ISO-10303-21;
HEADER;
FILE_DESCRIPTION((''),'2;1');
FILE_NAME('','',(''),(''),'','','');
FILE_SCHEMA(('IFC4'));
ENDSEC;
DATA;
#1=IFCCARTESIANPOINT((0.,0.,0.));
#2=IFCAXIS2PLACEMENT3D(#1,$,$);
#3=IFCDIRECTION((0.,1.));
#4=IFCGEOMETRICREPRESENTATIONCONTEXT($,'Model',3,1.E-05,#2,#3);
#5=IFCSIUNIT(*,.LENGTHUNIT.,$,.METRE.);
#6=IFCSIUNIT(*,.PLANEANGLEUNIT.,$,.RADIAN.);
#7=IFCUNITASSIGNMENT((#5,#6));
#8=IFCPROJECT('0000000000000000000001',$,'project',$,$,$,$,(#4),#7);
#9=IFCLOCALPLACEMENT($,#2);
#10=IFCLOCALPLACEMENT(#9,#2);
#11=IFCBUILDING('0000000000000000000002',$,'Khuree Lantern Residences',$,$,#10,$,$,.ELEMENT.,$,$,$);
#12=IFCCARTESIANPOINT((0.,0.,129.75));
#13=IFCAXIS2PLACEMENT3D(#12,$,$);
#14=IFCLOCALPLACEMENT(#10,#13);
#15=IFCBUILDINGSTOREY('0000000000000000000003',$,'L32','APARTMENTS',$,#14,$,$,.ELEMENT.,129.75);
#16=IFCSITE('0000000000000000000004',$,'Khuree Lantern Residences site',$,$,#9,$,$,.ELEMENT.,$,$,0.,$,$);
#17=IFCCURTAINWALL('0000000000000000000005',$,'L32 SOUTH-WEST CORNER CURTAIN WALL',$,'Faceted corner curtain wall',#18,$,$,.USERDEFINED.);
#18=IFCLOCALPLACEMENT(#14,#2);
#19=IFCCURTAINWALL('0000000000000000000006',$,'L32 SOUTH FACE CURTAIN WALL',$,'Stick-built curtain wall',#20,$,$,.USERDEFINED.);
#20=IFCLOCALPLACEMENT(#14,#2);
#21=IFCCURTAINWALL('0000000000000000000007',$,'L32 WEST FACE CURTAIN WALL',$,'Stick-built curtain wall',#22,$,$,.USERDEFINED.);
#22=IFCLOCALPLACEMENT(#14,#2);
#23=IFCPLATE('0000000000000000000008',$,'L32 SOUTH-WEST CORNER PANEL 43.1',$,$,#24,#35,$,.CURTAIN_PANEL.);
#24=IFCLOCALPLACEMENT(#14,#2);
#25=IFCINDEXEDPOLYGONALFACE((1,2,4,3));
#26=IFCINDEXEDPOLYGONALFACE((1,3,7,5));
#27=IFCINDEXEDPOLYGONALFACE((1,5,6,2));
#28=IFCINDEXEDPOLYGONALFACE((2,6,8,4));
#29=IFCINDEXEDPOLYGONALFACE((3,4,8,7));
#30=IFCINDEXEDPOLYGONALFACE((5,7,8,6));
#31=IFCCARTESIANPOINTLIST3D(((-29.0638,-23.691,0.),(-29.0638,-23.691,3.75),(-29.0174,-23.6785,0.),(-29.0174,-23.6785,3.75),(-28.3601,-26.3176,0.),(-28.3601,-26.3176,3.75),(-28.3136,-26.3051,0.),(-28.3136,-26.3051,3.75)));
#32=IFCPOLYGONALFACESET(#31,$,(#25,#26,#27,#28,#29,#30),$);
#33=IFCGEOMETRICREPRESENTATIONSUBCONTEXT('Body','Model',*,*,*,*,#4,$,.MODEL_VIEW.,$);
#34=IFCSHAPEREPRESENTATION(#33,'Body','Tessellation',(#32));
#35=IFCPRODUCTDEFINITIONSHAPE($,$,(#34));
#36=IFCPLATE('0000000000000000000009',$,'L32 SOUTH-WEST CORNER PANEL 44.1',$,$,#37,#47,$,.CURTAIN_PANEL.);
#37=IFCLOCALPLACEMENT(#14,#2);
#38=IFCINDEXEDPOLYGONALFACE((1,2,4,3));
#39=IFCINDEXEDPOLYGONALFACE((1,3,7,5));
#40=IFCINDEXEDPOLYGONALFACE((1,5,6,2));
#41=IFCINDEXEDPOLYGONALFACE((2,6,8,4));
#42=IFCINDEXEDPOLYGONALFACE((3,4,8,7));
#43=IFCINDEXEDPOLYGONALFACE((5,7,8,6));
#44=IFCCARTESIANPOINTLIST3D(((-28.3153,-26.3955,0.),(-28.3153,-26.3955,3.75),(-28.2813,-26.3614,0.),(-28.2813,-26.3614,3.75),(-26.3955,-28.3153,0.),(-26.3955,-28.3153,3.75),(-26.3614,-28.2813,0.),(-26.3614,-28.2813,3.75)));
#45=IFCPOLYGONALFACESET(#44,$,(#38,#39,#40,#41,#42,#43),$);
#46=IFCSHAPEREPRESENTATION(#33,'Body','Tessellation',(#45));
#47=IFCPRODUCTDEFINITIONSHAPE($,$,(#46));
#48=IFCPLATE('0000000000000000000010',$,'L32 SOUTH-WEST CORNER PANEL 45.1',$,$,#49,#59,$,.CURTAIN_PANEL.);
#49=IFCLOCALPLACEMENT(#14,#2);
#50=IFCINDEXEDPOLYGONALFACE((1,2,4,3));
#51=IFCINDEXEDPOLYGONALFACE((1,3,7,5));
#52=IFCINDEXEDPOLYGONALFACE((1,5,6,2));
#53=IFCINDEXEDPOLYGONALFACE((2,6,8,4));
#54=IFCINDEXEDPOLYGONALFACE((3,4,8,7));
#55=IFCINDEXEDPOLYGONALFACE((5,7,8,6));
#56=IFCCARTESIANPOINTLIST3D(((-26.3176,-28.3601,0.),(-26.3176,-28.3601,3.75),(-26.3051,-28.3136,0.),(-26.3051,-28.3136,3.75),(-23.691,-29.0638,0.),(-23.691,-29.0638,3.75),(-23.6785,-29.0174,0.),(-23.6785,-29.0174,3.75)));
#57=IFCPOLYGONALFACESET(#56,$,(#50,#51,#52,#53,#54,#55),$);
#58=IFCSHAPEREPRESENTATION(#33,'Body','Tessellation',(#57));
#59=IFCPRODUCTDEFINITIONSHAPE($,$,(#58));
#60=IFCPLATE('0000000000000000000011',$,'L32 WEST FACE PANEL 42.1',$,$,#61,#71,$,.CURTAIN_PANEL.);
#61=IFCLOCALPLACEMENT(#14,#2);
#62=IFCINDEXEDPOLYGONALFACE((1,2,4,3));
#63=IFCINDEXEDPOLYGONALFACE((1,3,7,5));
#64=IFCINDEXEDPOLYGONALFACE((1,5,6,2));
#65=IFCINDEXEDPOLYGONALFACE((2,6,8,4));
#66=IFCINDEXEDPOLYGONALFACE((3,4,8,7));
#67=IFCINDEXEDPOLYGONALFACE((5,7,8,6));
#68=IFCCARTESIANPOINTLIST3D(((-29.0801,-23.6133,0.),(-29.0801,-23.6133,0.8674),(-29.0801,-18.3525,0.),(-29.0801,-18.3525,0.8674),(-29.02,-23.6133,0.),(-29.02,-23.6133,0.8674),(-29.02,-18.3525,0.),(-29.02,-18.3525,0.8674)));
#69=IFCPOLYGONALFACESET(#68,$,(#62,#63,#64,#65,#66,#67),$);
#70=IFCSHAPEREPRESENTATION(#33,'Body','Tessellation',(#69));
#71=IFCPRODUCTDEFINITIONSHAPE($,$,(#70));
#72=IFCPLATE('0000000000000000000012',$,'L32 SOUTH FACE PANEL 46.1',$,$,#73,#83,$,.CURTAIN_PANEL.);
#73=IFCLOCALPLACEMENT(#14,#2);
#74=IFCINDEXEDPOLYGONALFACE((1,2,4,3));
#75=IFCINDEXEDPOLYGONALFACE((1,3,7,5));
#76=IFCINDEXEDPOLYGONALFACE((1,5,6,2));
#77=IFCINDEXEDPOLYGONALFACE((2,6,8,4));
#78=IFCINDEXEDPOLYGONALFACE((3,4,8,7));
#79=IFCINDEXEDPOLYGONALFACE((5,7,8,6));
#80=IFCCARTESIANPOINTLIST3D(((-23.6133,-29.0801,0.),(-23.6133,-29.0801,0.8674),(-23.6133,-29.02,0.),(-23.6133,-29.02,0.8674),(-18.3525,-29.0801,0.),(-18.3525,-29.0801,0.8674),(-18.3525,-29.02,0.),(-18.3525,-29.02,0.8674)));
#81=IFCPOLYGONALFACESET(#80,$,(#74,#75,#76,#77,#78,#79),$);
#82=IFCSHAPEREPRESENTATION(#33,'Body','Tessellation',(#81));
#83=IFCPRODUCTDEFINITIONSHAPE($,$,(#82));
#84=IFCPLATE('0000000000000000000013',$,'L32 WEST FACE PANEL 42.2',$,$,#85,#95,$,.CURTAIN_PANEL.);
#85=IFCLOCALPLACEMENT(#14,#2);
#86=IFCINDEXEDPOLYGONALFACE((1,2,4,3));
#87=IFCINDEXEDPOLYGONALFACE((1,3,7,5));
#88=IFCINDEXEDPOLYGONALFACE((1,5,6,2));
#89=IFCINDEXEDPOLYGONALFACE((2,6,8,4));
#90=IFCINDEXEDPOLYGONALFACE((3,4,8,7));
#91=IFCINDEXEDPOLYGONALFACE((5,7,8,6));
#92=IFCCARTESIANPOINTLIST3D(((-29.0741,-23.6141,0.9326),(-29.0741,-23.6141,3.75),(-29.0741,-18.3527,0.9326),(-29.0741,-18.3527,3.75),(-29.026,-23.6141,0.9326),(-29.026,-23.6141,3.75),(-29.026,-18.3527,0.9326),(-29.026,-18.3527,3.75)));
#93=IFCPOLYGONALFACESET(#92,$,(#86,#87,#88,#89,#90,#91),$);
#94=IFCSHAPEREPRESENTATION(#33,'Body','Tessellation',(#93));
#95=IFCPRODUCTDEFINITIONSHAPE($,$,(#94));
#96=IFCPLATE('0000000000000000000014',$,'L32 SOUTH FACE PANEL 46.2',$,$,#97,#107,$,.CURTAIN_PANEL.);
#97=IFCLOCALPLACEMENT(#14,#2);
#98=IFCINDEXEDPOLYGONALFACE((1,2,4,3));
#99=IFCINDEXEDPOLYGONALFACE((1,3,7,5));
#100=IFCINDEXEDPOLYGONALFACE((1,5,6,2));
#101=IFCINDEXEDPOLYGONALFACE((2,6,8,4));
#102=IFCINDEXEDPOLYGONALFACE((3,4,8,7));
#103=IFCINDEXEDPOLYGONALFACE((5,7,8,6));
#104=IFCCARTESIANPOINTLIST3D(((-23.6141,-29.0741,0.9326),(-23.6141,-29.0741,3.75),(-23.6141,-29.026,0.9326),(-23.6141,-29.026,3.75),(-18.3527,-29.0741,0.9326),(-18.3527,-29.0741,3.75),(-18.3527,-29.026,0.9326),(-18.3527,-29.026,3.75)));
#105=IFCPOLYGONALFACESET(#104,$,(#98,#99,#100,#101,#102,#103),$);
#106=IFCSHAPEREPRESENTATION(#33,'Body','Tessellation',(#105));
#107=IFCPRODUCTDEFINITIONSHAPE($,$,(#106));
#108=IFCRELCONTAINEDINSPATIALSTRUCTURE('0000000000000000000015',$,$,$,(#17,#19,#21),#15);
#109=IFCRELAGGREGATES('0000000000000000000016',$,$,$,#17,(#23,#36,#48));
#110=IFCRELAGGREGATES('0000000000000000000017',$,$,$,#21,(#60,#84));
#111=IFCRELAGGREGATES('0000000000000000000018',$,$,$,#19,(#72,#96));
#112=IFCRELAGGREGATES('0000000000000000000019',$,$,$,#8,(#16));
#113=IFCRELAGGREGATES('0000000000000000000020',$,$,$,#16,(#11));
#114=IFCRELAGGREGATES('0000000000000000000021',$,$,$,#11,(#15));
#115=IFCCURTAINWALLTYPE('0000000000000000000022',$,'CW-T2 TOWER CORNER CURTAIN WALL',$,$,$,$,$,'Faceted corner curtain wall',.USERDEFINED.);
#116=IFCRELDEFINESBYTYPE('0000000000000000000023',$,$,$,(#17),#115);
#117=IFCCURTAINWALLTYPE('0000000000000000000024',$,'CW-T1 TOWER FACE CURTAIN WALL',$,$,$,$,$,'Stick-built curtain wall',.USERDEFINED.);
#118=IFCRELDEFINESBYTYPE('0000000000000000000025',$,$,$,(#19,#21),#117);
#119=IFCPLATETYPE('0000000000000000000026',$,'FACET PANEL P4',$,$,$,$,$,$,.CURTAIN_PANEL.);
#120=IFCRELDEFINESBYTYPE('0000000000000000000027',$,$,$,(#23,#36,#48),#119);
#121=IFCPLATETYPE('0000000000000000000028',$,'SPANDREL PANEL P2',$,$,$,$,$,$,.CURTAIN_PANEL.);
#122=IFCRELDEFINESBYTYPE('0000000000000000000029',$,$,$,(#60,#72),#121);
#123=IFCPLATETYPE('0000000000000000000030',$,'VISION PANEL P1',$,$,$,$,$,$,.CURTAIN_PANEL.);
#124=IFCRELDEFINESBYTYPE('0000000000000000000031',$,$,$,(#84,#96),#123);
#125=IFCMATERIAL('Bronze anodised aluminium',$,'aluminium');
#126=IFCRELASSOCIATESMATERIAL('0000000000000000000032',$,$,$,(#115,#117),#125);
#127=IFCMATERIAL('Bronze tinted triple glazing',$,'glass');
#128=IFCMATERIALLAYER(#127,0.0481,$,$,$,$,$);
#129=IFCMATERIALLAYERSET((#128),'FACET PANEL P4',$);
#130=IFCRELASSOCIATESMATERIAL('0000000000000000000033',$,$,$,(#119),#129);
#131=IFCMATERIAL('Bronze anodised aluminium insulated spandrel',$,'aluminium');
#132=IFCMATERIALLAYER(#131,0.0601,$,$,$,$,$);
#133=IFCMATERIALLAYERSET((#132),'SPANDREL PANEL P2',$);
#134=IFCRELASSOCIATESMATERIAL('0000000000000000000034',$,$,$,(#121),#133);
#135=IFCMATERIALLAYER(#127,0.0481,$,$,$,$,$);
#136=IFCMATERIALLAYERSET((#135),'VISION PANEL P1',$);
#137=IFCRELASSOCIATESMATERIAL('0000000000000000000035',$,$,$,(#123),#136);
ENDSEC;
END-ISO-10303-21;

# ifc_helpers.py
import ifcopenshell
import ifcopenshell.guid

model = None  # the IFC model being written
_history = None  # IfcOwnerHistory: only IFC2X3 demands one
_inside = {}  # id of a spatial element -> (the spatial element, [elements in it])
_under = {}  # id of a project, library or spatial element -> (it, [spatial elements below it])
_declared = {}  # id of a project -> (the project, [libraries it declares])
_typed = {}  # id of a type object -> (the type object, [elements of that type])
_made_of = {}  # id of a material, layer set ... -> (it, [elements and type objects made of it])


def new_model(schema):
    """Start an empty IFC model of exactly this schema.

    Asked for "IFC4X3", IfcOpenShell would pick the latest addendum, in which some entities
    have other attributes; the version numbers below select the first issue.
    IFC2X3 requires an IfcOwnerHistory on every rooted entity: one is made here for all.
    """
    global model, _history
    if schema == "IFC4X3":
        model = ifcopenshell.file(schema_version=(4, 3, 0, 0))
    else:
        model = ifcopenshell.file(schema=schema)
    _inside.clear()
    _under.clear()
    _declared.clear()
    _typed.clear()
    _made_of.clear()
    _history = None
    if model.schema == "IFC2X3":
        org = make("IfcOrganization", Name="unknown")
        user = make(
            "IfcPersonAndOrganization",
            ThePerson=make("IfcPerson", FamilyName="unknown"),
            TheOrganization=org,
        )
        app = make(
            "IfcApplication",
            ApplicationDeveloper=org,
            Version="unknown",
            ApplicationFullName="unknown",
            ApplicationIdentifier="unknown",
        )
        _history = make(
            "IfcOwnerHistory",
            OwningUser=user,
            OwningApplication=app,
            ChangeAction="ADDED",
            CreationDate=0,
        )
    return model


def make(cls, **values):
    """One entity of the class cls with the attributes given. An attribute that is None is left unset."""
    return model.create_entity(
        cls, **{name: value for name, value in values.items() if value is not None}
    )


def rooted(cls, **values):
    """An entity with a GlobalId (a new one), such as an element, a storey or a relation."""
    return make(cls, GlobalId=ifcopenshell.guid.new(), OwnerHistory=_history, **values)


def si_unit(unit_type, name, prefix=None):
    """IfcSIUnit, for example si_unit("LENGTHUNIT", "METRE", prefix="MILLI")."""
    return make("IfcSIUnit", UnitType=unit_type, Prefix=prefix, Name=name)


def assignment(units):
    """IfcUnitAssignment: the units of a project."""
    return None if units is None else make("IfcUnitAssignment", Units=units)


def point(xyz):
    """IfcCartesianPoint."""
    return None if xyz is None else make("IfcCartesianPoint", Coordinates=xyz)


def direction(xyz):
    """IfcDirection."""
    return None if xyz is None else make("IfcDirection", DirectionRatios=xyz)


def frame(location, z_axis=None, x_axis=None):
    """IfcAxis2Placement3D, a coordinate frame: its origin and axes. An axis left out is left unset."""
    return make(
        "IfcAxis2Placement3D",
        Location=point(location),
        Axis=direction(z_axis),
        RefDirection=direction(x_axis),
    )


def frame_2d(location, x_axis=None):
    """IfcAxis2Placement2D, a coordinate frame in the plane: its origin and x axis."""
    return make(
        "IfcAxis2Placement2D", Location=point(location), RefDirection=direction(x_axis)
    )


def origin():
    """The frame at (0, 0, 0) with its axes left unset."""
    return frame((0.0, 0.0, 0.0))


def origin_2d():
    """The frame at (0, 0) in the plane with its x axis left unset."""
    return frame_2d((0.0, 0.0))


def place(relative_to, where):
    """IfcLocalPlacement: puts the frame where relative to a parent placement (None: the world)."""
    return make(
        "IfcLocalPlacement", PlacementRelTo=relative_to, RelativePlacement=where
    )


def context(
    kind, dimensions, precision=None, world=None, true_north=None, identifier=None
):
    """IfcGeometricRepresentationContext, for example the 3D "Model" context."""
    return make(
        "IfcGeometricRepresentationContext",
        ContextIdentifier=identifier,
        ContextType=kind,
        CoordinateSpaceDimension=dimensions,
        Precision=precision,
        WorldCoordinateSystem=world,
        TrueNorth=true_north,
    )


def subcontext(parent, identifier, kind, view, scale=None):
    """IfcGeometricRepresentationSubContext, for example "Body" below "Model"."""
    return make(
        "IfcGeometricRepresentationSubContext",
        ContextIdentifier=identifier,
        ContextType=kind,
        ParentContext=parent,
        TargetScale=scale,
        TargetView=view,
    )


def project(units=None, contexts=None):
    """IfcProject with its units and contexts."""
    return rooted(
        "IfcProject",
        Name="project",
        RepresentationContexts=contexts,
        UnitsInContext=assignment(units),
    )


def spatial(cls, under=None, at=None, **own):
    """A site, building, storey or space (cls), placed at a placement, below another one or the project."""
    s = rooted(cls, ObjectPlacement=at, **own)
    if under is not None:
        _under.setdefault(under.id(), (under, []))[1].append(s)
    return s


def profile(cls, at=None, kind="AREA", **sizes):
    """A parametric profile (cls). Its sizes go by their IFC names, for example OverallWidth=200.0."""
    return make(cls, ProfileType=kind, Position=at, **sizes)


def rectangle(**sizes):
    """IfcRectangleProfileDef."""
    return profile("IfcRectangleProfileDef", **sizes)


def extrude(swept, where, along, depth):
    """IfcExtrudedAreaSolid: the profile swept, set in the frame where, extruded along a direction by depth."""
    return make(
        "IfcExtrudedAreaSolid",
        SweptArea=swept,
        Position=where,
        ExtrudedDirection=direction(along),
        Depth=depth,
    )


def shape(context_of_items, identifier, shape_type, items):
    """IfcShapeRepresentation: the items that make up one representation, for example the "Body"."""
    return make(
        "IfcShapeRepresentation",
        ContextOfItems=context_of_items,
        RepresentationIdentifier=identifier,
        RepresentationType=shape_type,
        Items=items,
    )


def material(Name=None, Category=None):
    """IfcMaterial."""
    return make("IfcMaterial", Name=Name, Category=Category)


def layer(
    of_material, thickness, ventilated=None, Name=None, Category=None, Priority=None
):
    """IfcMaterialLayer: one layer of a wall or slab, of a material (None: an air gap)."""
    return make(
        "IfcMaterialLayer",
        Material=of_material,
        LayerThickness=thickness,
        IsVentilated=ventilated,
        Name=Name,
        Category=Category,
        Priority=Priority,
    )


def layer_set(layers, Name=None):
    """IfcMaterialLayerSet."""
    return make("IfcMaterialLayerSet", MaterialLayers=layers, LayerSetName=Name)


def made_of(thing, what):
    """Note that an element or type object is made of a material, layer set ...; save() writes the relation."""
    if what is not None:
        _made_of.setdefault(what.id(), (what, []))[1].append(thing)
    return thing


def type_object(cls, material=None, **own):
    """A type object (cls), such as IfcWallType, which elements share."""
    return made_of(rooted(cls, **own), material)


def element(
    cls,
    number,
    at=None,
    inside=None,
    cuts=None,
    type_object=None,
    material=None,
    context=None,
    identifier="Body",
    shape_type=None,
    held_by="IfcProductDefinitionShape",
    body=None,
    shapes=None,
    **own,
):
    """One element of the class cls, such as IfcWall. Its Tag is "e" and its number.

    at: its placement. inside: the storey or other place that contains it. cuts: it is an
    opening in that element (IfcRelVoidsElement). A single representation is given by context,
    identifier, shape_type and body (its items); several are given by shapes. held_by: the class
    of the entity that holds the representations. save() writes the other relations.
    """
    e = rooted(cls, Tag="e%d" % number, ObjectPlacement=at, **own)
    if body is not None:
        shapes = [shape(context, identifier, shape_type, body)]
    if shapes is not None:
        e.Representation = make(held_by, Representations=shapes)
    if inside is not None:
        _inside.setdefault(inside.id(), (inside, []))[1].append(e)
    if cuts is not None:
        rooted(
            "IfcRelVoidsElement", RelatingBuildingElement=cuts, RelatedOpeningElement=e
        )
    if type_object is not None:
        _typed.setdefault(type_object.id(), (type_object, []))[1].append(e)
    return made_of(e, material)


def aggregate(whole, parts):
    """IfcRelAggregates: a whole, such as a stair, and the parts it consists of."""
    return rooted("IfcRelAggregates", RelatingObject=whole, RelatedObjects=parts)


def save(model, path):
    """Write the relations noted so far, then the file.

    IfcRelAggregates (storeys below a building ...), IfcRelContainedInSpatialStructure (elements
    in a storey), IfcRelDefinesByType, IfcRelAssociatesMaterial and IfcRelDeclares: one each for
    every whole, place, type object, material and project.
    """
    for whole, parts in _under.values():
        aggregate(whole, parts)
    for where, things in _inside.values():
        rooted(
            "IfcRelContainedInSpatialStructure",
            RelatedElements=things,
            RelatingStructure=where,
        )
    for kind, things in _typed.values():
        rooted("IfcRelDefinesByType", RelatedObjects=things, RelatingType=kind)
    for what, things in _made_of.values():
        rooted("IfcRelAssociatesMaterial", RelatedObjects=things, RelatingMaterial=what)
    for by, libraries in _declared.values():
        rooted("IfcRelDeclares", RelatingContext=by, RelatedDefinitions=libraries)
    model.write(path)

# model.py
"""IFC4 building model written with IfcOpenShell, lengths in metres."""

from ifc_helpers import new_model, si_unit, direction, frame, origin, origin_2d, place, context, subcontext, project, spatial, rectangle, extrude, material, layer, layer_set, type_object, element, aggregate, save


model = new_model("IFC4")

# Units and contexts
model_context = context("Model", 3, precision=1e-05, world=origin(), true_north=direction((0.0, 1.0)))
body_context = subcontext(model_context, "Body", "Model", "MODEL_VIEW")
ifc_project = project(units=[si_unit("LENGTHUNIT", "METRE"), si_unit("PLANEANGLEUNIT", "RADIAN")], contexts=[model_context])

# Site, building, storey
site_placement = place(None, origin())
site = spatial("IfcSite", under=ifc_project, at=site_placement, Name="Khuree Lantern Residences site", CompositionType="ELEMENT", RefElevation=0.0)
building_placement = place(site_placement, origin())
building = spatial("IfcBuilding", under=site, at=building_placement, Name="Khuree Lantern Residences", CompositionType="ELEMENT")
storey_placement = place(building_placement, frame((0.0, 0.0, 129.75)))
storey = spatial("IfcBuildingStorey", under=building, at=storey_placement, Name="L32", Description="APARTMENTS", CompositionType="ELEMENT", Elevation=129.75)

# Curtain walls
ifc_material_1 = material(Name="Bronze anodised aluminium", Category="aluminium")
curtain_wall_type_1 = type_object("IfcCurtainWallType", Name="CW-T2 TOWER CORNER CURTAIN WALL", ElementType="Faceted corner curtain wall", PredefinedType="USERDEFINED", material=ifc_material_1)
curtain_wall_1_placement = place(storey_placement, origin())
curtain_wall_1 = element("IfcCurtainWall", 1, at=curtain_wall_1_placement, inside=storey, type_object=curtain_wall_type_1, Name="L32 SOUTH-WEST CORNER CURTAIN WALL", ObjectType="Faceted corner curtain wall", PredefinedType="USERDEFINED")
curtain_wall_type_2 = type_object("IfcCurtainWallType", Name="CW-T1 TOWER FACE CURTAIN WALL", ElementType="Stick-built curtain wall", PredefinedType="USERDEFINED", material=ifc_material_1)
curtain_wall_2_placement = place(storey_placement, origin())
curtain_wall_2 = element("IfcCurtainWall", 2, at=curtain_wall_2_placement, inside=storey, type_object=curtain_wall_type_2, Name="L32 SOUTH FACE CURTAIN WALL", ObjectType="Stick-built curtain wall", PredefinedType="USERDEFINED")

# Curtain wall
curtain_wall_3_placement = place(storey_placement, origin())
curtain_wall_3 = element("IfcCurtainWall", 3, at=curtain_wall_3_placement, inside=storey, type_object=curtain_wall_type_2, Name="L32 WEST FACE CURTAIN WALL", ObjectType="Stick-built curtain wall", PredefinedType="USERDEFINED")

# Plates
ifc_material_2 = material(Name="Bronze tinted triple glazing", Category="glass")
ifc_layer_1 = layer(ifc_material_2, 0.0481)
ifc_layer_set_1 = layer_set([ifc_layer_1], Name="FACET PANEL P4")
plate_type_1 = type_object("IfcPlateType", Name="FACET PANEL P4", PredefinedType="CURTAIN_PANEL", material=ifc_layer_set_1)
plate_1_placement = place(storey_placement, frame((-28.6887, -24.998, 0.0), z_axis=(0.0, 0.0, 1.0), x_axis=(0.258819, -0.965926, 0.0)))
plate_1 = element("IfcPlate", 4, at=plate_1_placement, type_object=plate_type_1, Name="L32 SOUTH-WEST CORNER PANEL 43.1", PredefinedType="CURTAIN_PANEL", context=body_context, shape_type="SweptSolid", body=[
    extrude(rectangle(XDim=2.7192, YDim=0.0481, at=origin_2d()), origin(), (0.0, 0.0, 1.0), 3.75),
])
plate_2_placement = place(storey_placement, frame((-27.3384, -27.3384, 0.0), z_axis=(0.0, 0.0, 1.0), x_axis=(0.707107, -0.707107, 0.0)))
plate_2 = element("IfcPlate", 5, at=plate_2_placement, type_object=plate_type_1, Name="L32 SOUTH-WEST CORNER PANEL 44.1", PredefinedType="CURTAIN_PANEL", context=body_context, shape_type="SweptSolid", body=[
    extrude(rectangle(XDim=2.7151, YDim=0.0481, at=origin_2d()), origin(), (0.0, 0.0, 1.0), 3.75),
])
plate_3_placement = place(storey_placement, frame((-24.998, -28.6887, 0.0), z_axis=(0.0, 0.0, 1.0), x_axis=(0.965926, -0.258819, 0.0)))
plate_3 = element("IfcPlate", 6, at=plate_3_placement, type_object=plate_type_1, Name="L32 SOUTH-WEST CORNER PANEL 45.1", PredefinedType="CURTAIN_PANEL", context=body_context, shape_type="SweptSolid", body=[
    extrude(rectangle(XDim=2.7192, YDim=0.0481, at=origin_2d()), origin(), (0.0, 0.0, 1.0), 3.75),
])
aggregate(curtain_wall_1, [plate_1, plate_2, plate_3])
ifc_material_3 = material(Name="Bronze anodised aluminium insulated spandrel", Category="aluminium")
ifc_layer_2 = layer(ifc_material_3, 0.0601)
ifc_layer_set_2 = layer_set([ifc_layer_2], Name="SPANDREL PANEL P2")
plate_type_2 = type_object("IfcPlateType", Name="SPANDREL PANEL P2", PredefinedType="CURTAIN_PANEL", material=ifc_layer_set_2)
plate_4_placement = place(storey_placement, frame((-29.05, -20.9829, 0.0), z_axis=(0.0, 0.0, 1.0), x_axis=(0.0, -1.0, 0.0)))
plate_4 = element("IfcPlate", 7, at=plate_4_placement, type_object=plate_type_2, Name="L32 WEST FACE PANEL 42.1", PredefinedType="CURTAIN_PANEL", context=body_context, shape_type="SweptSolid", body=[
    extrude(rectangle(XDim=5.2607, YDim=0.0601, at=origin_2d()), origin(), (0.0, 0.0, 1.0), 0.8674),
])
plate_5_placement = place(storey_placement, frame((-20.9829, -29.05, 0.0), z_axis=(0.0, 0.0, 1.0), x_axis=(1.0, 0.0, 0.0)))
plate_5 = element("IfcPlate", 8, at=plate_5_placement, type_object=plate_type_2, Name="L32 SOUTH FACE PANEL 46.1", PredefinedType="CURTAIN_PANEL", context=body_context, shape_type="SweptSolid", body=[
    extrude(rectangle(XDim=5.2607, YDim=0.0601, at=origin_2d()), origin(), (0.0, 0.0, 1.0), 0.8674),
])
ifc_layer_3 = layer(ifc_material_2, 0.0481)
ifc_layer_set_3 = layer_set([ifc_layer_3], Name="VISION PANEL P1")
plate_type_3 = type_object("IfcPlateType", Name="VISION PANEL P1", PredefinedType="CURTAIN_PANEL", material=ifc_layer_set_3)
plate_6_placement = place(storey_placement, frame((-29.05, -20.9834, 0.9326), z_axis=(0.0, 0.0, 1.0), x_axis=(0.0, -1.0, 0.0)))
plate_6 = element("IfcPlate", 9, at=plate_6_placement, type_object=plate_type_3, Name="L32 WEST FACE PANEL 42.2", PredefinedType="CURTAIN_PANEL", context=body_context, shape_type="SweptSolid", body=[
    extrude(rectangle(XDim=5.2615, YDim=0.0481, at=origin_2d()), origin(), (0.0, 0.0, 1.0), 2.8174),
])
aggregate(curtain_wall_3, [plate_4, plate_6])
plate_7_placement = place(storey_placement, frame((-20.9834, -29.05, 0.9326), z_axis=(0.0, 0.0, 1.0), x_axis=(1.0, 0.0, 0.0)))
plate_7 = element("IfcPlate", 10, at=plate_7_placement, type_object=plate_type_3, Name="L32 SOUTH FACE PANEL 46.2", PredefinedType="CURTAIN_PANEL", context=body_context, shape_type="SweptSolid", body=[
    extrude(rectangle(XDim=5.2615, YDim=0.0481, at=origin_2d()), origin(), (0.0, 0.0, 1.0), 2.8174),
])
aggregate(curtain_wall_2, [plate_5, plate_7])

save(model, "model.ifc")
